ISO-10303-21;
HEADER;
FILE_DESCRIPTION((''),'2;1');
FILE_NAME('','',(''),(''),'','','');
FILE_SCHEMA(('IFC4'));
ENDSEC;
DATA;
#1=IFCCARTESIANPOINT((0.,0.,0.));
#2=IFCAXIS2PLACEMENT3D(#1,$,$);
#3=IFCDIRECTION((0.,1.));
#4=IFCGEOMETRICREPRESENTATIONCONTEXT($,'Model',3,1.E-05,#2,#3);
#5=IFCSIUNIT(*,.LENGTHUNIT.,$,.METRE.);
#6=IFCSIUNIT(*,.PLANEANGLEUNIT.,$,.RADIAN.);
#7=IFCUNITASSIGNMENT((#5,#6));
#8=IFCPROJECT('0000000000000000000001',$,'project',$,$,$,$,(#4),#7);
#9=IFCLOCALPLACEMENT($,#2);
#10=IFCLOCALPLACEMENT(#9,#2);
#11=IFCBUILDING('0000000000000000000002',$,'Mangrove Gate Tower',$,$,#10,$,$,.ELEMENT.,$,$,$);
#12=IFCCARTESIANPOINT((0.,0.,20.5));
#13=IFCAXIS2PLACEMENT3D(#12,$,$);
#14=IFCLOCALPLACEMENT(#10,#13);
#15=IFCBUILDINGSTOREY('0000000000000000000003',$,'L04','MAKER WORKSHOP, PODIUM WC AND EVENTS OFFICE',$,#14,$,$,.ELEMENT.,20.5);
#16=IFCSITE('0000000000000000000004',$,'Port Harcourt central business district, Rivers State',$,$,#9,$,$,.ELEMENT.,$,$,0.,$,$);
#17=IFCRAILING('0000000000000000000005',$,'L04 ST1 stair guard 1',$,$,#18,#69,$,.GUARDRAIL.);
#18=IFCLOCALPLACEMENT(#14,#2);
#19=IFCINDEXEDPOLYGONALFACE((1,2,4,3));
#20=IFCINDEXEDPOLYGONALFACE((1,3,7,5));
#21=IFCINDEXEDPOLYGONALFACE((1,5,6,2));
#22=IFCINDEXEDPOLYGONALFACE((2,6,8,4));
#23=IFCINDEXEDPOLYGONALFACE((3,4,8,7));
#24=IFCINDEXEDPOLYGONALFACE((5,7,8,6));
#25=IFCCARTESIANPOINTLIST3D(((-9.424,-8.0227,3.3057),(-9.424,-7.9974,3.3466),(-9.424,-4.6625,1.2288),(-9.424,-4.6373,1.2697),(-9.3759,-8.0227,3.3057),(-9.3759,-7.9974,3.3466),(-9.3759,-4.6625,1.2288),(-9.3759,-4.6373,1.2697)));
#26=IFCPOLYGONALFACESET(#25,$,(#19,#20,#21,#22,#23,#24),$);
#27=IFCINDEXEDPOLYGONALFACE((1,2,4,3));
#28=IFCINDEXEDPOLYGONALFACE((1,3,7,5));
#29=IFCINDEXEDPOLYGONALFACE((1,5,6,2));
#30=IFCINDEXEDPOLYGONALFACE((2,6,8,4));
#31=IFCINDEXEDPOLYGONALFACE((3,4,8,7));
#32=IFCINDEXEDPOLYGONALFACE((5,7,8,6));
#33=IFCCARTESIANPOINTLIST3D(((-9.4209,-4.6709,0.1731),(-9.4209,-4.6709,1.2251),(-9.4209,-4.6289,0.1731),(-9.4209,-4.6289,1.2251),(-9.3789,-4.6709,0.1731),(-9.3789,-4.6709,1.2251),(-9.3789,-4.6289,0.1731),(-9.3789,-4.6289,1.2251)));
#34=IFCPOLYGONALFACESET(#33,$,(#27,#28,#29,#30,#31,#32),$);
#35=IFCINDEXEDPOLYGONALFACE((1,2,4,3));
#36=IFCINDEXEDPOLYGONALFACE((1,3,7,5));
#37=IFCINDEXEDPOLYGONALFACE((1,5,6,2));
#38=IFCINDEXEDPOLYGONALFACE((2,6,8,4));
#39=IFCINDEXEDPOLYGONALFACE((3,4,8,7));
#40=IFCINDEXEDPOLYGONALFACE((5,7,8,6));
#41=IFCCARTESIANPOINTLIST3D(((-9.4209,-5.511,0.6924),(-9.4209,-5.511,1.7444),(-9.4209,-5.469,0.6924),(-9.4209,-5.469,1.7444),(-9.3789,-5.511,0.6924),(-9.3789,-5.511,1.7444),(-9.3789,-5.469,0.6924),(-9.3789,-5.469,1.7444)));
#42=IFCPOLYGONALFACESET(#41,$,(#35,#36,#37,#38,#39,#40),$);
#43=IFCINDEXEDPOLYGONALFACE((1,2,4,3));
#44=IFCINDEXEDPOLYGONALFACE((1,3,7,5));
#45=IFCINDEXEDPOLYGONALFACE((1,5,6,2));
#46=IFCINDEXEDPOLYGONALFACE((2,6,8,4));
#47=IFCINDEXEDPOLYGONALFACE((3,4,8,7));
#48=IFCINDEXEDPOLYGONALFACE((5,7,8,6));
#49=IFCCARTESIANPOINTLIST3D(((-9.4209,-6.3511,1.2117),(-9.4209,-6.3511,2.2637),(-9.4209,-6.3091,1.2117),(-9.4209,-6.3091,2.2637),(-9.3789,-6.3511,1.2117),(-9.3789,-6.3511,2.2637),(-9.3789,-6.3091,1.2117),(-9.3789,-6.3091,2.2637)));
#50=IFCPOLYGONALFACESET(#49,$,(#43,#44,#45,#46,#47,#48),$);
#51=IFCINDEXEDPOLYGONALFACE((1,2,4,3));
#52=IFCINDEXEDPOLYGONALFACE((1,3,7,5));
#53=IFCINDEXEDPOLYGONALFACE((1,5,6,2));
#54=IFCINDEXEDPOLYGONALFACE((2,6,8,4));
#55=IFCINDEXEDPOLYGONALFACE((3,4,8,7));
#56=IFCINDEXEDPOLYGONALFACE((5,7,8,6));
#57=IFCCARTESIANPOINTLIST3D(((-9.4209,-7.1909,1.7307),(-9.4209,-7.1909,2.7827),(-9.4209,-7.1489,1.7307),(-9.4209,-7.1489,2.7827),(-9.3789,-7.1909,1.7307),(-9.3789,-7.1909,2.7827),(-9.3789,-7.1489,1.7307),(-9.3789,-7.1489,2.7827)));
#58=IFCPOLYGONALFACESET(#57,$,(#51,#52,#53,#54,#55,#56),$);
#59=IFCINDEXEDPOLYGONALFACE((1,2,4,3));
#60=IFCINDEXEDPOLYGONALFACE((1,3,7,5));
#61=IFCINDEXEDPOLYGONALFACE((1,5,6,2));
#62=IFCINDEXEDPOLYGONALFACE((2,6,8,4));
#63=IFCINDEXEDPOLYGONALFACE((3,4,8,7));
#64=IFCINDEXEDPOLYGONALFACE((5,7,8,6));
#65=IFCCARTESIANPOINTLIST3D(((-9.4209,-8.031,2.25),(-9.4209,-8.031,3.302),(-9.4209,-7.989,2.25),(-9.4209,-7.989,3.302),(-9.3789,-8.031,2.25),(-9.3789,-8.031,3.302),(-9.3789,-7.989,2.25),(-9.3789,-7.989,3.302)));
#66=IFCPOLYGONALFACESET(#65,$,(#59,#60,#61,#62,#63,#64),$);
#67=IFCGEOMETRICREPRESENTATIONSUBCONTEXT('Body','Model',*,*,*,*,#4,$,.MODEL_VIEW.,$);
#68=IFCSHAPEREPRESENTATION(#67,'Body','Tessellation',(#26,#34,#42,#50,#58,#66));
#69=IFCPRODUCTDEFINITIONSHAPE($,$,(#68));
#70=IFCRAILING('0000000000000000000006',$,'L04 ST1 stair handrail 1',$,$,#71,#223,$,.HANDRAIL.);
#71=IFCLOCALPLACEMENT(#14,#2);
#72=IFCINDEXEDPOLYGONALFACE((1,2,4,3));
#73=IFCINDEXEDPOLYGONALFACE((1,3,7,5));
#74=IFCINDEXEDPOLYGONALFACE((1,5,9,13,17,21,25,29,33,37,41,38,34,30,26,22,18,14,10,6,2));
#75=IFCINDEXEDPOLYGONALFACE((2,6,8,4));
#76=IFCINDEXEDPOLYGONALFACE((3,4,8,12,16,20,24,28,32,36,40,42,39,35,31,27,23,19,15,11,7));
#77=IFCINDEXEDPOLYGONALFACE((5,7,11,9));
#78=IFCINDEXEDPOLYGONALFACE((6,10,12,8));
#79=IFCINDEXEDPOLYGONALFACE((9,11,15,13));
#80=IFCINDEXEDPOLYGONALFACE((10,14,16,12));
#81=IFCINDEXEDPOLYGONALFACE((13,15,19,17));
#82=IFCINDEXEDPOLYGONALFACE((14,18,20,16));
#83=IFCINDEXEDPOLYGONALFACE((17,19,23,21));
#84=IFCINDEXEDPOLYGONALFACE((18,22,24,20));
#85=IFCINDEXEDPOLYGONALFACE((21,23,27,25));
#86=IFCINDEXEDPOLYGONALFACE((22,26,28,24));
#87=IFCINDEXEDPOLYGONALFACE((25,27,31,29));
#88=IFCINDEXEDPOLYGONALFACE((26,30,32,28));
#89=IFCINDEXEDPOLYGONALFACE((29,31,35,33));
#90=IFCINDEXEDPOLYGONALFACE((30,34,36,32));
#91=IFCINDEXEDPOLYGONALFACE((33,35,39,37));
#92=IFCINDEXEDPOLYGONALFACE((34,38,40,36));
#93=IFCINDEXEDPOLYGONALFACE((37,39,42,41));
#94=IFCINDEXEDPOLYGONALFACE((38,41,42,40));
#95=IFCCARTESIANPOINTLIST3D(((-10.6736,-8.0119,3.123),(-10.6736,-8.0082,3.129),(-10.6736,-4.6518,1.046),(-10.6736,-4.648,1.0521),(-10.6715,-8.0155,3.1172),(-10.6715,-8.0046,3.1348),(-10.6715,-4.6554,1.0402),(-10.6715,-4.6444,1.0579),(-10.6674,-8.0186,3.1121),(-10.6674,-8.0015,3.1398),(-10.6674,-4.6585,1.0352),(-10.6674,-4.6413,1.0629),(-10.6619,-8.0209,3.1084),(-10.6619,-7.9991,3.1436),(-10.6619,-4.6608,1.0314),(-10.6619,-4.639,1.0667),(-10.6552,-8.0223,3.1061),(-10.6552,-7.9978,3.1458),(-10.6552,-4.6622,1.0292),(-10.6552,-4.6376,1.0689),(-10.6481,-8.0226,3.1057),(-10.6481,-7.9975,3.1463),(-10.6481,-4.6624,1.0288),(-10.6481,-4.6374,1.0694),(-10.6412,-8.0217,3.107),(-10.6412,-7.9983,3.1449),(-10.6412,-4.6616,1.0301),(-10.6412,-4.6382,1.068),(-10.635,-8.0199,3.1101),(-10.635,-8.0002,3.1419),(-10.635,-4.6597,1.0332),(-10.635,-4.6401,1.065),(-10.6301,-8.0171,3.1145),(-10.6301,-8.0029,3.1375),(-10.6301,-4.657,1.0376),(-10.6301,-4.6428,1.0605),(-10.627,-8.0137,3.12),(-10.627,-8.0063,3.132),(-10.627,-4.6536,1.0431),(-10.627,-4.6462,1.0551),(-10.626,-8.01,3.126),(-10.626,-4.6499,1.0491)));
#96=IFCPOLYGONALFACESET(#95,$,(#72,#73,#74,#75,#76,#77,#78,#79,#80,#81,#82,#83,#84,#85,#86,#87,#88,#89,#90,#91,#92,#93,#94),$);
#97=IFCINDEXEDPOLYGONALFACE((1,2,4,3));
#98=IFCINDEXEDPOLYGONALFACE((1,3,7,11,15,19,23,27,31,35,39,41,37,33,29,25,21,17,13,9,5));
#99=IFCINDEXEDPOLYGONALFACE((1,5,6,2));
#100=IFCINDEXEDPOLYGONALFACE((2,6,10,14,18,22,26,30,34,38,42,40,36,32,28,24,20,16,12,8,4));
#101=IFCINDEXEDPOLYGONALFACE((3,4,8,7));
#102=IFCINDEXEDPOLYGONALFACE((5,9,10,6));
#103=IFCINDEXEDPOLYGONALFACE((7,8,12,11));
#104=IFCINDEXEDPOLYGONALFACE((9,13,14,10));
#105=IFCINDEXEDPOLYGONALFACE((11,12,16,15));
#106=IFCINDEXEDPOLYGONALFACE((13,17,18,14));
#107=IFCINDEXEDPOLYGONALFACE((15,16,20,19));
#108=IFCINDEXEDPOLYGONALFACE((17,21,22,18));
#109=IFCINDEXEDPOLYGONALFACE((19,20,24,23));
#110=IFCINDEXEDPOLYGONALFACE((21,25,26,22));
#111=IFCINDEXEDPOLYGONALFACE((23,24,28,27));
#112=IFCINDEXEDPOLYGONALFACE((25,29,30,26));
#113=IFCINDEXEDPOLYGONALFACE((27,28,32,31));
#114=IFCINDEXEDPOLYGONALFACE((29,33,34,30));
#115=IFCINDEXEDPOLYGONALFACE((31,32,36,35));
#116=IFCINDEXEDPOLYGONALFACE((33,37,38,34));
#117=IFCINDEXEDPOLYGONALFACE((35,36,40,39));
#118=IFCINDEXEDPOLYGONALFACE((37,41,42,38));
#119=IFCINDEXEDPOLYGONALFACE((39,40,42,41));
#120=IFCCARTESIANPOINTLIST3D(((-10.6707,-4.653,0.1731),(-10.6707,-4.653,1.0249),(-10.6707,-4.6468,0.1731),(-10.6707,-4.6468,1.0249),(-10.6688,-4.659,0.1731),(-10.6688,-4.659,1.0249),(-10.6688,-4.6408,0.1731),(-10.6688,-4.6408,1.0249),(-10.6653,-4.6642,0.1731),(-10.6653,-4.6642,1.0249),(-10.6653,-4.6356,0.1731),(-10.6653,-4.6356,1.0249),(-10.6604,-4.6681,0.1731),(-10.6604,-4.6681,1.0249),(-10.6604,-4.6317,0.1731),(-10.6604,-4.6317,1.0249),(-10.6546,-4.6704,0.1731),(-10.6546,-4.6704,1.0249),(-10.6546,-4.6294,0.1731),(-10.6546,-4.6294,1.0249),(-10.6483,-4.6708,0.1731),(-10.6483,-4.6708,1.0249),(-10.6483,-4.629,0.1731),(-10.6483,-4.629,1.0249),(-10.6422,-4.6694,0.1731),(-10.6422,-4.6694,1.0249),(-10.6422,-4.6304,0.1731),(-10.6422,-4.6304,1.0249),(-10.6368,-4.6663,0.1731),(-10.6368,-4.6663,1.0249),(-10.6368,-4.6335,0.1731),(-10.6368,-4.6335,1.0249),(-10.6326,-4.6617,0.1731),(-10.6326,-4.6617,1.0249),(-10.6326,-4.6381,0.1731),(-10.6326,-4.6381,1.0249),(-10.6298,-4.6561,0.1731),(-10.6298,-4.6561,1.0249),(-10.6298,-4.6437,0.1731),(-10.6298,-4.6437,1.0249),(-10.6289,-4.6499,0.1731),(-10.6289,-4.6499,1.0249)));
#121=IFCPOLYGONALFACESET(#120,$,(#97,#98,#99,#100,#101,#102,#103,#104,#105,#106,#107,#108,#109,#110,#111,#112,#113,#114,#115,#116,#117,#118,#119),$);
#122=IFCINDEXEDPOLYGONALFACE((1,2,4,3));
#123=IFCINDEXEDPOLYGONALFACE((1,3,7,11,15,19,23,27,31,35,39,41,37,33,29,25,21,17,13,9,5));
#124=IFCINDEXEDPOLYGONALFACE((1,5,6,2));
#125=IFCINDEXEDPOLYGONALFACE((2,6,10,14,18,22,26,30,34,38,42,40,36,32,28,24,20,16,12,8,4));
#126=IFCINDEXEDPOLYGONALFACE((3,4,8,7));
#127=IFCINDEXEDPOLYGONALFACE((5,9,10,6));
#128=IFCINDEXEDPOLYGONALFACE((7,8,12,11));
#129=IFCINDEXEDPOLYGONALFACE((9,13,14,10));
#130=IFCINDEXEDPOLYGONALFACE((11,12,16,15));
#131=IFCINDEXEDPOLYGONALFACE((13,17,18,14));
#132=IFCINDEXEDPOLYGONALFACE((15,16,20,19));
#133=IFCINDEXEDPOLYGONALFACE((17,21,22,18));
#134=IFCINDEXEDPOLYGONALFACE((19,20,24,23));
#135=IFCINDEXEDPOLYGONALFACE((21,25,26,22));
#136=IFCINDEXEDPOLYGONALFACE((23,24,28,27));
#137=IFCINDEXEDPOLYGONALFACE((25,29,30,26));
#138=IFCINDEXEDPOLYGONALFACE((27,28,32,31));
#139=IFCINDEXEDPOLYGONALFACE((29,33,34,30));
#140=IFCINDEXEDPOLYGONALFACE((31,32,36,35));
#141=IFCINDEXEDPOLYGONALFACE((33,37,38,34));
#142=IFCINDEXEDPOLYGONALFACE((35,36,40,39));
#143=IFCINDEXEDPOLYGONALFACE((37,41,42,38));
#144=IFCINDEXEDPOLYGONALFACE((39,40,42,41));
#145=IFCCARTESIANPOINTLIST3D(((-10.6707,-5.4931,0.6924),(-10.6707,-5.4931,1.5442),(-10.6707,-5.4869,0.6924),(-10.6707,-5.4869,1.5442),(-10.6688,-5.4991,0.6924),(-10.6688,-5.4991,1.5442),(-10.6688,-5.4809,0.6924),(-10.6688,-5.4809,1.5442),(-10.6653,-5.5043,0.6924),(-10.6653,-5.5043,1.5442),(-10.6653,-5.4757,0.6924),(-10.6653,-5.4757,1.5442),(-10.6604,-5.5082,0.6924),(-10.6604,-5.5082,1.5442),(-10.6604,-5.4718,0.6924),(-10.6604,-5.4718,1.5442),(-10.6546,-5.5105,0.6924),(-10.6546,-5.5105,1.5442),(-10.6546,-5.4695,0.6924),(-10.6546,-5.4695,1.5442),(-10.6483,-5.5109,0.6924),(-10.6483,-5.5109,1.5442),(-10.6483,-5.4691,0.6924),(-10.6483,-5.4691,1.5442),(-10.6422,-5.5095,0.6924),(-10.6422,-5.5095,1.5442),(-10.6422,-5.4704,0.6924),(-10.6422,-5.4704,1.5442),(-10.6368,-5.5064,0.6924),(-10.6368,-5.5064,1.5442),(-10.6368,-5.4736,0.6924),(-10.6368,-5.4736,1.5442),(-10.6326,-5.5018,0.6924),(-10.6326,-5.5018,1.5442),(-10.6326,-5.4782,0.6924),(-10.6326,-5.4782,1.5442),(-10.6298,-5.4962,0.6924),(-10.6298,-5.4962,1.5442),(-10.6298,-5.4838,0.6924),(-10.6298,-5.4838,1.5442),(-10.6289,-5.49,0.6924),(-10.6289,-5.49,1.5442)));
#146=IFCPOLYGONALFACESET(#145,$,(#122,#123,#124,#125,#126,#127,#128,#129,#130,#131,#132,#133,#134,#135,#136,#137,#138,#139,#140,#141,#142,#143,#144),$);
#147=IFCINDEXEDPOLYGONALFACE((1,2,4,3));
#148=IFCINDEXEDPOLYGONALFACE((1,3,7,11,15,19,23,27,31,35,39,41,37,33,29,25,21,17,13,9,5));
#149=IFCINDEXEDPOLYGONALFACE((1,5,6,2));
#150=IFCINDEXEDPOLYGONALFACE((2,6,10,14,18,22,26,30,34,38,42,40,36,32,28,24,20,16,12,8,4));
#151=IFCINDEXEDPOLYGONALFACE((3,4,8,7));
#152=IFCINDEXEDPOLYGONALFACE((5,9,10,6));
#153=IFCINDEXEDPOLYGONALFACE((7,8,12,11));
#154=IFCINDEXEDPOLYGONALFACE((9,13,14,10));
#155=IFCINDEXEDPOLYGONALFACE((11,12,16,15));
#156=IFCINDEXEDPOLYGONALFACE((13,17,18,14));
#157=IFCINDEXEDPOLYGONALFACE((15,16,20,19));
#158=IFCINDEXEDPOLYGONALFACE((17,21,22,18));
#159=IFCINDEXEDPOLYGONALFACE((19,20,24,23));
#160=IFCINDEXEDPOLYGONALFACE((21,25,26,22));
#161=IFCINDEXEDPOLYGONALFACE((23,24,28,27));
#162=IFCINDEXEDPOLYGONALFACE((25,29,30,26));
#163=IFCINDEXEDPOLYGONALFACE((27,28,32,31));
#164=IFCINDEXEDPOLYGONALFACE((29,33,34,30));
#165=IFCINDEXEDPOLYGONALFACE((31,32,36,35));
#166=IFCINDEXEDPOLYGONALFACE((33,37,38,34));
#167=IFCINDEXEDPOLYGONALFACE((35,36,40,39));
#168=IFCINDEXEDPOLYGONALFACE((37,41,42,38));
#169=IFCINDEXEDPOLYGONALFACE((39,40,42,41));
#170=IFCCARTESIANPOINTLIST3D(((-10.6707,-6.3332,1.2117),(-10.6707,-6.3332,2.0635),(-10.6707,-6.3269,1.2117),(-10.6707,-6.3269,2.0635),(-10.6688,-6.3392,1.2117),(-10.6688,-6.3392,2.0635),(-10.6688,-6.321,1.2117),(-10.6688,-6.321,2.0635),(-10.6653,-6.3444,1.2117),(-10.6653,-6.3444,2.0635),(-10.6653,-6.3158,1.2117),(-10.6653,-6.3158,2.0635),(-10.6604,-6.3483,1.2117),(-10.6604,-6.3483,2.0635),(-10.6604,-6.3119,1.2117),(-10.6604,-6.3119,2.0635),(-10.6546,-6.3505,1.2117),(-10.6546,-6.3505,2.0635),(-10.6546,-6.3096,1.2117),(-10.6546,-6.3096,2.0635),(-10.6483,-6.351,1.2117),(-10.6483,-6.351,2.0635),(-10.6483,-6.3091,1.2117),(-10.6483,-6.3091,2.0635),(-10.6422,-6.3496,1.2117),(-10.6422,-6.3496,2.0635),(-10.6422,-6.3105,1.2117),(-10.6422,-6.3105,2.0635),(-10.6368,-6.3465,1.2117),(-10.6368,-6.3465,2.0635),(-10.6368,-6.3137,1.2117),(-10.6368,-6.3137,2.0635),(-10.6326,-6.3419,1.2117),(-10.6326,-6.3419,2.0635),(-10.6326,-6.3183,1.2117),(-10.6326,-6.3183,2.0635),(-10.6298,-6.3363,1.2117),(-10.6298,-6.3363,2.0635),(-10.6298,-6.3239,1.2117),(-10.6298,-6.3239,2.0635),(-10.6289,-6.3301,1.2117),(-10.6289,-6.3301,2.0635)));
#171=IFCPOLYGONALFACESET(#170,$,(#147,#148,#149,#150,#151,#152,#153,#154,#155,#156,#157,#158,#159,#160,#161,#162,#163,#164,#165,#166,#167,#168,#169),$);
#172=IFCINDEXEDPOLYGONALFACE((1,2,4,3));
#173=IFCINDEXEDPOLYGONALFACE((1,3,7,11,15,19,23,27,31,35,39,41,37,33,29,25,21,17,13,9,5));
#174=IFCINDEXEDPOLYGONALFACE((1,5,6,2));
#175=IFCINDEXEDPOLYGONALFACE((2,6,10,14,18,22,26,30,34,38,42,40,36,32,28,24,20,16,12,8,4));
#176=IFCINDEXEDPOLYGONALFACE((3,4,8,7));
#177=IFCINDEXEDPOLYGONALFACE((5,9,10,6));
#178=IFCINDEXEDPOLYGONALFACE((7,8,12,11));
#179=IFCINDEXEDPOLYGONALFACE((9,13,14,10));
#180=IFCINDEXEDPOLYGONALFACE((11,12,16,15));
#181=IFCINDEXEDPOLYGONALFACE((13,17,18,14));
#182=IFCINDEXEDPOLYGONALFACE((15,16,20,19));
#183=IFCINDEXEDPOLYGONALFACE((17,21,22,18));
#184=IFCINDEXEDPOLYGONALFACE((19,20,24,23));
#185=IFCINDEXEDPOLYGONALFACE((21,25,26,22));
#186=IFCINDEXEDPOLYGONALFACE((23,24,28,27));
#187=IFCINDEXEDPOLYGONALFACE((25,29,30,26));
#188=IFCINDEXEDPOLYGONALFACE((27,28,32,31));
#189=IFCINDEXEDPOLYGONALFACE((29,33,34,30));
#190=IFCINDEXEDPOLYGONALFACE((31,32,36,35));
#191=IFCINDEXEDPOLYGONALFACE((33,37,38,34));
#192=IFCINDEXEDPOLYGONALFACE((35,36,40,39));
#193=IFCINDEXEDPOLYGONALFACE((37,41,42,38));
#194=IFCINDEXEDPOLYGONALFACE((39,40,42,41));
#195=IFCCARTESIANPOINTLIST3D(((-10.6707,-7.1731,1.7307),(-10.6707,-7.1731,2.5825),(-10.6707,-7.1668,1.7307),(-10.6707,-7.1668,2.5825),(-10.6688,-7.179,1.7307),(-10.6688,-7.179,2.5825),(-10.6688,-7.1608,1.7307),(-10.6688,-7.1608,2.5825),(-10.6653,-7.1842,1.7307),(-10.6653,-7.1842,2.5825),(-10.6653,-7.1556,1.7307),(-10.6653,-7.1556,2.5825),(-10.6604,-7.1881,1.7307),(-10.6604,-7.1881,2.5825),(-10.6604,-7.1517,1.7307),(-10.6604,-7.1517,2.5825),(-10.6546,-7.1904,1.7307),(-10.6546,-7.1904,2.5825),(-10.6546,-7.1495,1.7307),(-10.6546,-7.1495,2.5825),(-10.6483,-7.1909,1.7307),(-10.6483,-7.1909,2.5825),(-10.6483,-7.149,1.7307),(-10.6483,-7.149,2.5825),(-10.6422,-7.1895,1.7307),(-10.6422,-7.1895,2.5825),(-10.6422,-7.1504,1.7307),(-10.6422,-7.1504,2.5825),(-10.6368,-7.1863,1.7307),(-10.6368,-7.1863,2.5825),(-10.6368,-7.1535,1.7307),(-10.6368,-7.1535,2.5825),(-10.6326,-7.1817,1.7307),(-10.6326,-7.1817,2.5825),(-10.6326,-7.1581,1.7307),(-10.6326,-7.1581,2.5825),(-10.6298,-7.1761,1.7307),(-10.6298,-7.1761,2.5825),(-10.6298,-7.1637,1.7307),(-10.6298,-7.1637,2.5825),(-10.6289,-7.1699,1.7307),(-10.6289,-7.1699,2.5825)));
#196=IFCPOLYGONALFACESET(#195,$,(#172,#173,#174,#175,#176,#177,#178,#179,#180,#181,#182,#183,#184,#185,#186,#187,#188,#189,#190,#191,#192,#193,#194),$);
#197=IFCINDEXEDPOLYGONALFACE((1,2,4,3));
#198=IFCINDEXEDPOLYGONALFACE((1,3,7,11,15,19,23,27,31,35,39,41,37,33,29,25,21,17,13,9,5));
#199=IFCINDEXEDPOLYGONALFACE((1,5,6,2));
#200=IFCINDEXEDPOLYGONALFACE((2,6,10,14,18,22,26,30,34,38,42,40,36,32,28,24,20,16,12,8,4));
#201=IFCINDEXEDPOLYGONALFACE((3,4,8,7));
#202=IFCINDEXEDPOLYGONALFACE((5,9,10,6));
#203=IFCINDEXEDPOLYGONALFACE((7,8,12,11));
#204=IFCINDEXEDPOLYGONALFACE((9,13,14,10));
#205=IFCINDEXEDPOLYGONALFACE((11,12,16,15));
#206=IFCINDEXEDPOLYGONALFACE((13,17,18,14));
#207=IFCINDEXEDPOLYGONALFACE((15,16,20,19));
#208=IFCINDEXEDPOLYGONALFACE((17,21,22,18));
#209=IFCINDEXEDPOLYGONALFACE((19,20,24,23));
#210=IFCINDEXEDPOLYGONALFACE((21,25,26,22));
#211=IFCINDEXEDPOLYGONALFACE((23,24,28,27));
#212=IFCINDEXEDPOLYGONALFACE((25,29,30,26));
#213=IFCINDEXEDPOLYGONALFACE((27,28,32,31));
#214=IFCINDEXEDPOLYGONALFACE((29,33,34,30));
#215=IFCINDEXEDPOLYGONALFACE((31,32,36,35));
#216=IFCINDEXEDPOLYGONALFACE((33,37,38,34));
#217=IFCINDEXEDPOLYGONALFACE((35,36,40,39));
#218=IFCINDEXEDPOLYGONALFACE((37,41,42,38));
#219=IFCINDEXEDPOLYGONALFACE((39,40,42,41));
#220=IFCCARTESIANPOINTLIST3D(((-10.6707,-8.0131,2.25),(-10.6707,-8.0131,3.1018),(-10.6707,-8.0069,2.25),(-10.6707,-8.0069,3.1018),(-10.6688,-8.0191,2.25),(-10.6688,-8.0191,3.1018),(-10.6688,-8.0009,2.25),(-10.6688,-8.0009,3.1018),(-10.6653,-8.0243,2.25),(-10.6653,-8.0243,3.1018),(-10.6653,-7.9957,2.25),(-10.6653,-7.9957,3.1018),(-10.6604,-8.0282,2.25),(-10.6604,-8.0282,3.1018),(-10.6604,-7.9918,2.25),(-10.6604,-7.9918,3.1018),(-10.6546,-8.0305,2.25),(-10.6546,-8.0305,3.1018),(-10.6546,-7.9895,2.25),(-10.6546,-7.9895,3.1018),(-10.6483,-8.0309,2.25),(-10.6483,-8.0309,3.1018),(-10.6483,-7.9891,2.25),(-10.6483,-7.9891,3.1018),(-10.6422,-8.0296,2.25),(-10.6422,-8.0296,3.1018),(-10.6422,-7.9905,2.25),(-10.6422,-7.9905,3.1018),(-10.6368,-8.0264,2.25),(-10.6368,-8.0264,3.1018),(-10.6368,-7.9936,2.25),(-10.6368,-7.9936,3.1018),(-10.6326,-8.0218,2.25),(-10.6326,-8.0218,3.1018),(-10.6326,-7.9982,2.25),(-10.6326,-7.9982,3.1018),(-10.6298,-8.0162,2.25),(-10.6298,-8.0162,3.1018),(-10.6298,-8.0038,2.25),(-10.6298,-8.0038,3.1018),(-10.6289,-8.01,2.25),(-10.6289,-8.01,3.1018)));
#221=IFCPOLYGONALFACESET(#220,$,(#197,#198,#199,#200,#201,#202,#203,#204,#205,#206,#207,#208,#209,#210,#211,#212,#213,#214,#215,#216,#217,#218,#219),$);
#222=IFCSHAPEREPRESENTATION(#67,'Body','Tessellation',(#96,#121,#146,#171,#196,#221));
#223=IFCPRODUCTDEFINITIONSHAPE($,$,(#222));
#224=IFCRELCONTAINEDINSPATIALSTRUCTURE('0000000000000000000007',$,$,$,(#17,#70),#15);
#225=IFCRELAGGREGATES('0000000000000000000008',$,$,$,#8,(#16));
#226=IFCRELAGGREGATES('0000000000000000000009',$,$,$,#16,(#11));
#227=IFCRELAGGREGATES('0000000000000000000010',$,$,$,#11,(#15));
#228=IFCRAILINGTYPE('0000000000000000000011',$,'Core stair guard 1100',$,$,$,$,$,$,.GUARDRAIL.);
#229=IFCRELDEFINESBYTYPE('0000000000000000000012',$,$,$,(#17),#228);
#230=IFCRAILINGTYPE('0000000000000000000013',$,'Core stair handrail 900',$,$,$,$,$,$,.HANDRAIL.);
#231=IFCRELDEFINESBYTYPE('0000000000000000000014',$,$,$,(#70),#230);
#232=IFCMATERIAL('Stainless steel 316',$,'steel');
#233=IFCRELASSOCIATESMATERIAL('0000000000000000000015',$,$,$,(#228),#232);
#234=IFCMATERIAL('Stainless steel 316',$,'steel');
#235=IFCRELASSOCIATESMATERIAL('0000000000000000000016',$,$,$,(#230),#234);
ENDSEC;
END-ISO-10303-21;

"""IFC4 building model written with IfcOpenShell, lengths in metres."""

from ifc_helpers import new_model, si_unit, direction, frame, origin, origin_2d, place, context, subcontext, project, spatial, rectangle, circle, extrude, material, type_object, element, save


model = new_model("IFC4")

# Units and contexts
model_context = context("Model", 3, precision=1e-05, world=origin(), true_north=direction((0.0, 1.0)))
body_context = subcontext(model_context, "Body", "Model", "MODEL_VIEW")
ifc_project = project(units=[si_unit("LENGTHUNIT", "METRE"), si_unit("PLANEANGLEUNIT", "RADIAN")], contexts=[model_context])

# Site, building, storey
site_placement = place(None, origin())
site = spatial("IfcSite", under=ifc_project, at=site_placement, Name="Port Harcourt central business district, Rivers State", CompositionType="ELEMENT", RefElevation=0.0)
building_placement = place(site_placement, origin())
building = spatial("IfcBuilding", under=site, at=building_placement, Name="Mangrove Gate Tower", CompositionType="ELEMENT")
storey_placement = place(building_placement, frame((0.0, 0.0, 20.5)))
storey = spatial("IfcBuildingStorey", under=building, at=storey_placement, Name="L04", Description="MAKER WORKSHOP, PODIUM WC AND EVENTS OFFICE", CompositionType="ELEMENT", Elevation=20.5)

# Railings
ifc_material_1 = material(Name="Stainless steel 316", Category="steel")
railing_type_1 = type_object("IfcRailingType", Name="Core stair guard 1100", PredefinedType="GUARDRAIL", material=ifc_material_1)
railing_1_placement = place(storey_placement, frame((-9.3999, -4.6499, 0.1731)))
element("IfcRailing", 1, at=railing_1_placement, inside=storey, type_object=railing_type_1, Name="L04 ST1 stair guard 1", PredefinedType="GUARDRAIL", context=body_context, shape_type="SweptSolid", body=[
    extrude(rectangle(XDim=0.0481, YDim=0.0481, at=origin_2d()), frame((0.0, 0.0, 1.0762), z_axis=(0.0, -0.850623, 0.525776), x_axis=(1.0, 0.0, 0.0)), (0.0, 0.0, 1.0), 3.9502),
    extrude(rectangle(XDim=0.042, YDim=0.042, at=origin_2d()), origin(), (0.0, 0.0, 1.0), 1.052),
    extrude(rectangle(XDim=0.042, YDim=0.042, at=origin_2d()), frame((0.0, -0.8401, 0.5193)), (0.0, 0.0, 1.0), 1.052),
    extrude(rectangle(XDim=0.042, YDim=0.042, at=origin_2d()), frame((0.0, -1.6802, 1.0386)), (0.0, 0.0, 1.0), 1.052),
    extrude(rectangle(XDim=0.042, YDim=0.042, at=origin_2d()), frame((0.0, -2.52, 1.5576)), (0.0, 0.0, 1.0), 1.052),
    extrude(rectangle(XDim=0.042, YDim=0.042, at=origin_2d()), frame((0.0, -3.3601, 2.0769)), (0.0, 0.0, 1.0), 1.052),
])
ifc_material_2 = material(Name="Stainless steel 316", Category="steel")
railing_type_2 = type_object("IfcRailingType", Name="Core stair handrail 900", PredefinedType="HANDRAIL", material=ifc_material_2)
railing_2_placement = place(storey_placement, frame((-10.6499, -4.6499, 0.1731)))
element("IfcRailing", 2, at=railing_2_placement, inside=storey, type_object=railing_type_2, Name="L04 ST1 stair handrail 1", PredefinedType="HANDRAIL", context=body_context, shape_type="SweptSolid", body=[
    extrude(circle(Radius=0.0239, at=origin_2d()), frame((0.0, 0.0, 0.876), z_axis=(0.0, -0.850623, 0.525776), x_axis=(1.0, 0.0, 0.0)), (0.0, 0.0, 1.0), 3.9502),
    extrude(circle(Radius=0.021, at=origin_2d()), origin(), (0.0, 0.0, 1.0), 0.8518),
    extrude(circle(Radius=0.021, at=origin_2d()), frame((0.0, -0.8401, 0.5193)), (0.0, 0.0, 1.0), 0.8518),
    extrude(circle(Radius=0.021, at=origin_2d()), frame((0.0, -1.6802, 1.0386)), (0.0, 0.0, 1.0), 0.8518),
    extrude(circle(Radius=0.021, at=origin_2d()), frame((0.0, -2.52, 1.5576)), (0.0, 0.0, 1.0), 0.8518),
    extrude(circle(Radius=0.021, at=origin_2d()), frame((0.0, -3.3601, 2.0769)), (0.0, 0.0, 1.0), 0.8518),
])

save(model, "model.ifc")
